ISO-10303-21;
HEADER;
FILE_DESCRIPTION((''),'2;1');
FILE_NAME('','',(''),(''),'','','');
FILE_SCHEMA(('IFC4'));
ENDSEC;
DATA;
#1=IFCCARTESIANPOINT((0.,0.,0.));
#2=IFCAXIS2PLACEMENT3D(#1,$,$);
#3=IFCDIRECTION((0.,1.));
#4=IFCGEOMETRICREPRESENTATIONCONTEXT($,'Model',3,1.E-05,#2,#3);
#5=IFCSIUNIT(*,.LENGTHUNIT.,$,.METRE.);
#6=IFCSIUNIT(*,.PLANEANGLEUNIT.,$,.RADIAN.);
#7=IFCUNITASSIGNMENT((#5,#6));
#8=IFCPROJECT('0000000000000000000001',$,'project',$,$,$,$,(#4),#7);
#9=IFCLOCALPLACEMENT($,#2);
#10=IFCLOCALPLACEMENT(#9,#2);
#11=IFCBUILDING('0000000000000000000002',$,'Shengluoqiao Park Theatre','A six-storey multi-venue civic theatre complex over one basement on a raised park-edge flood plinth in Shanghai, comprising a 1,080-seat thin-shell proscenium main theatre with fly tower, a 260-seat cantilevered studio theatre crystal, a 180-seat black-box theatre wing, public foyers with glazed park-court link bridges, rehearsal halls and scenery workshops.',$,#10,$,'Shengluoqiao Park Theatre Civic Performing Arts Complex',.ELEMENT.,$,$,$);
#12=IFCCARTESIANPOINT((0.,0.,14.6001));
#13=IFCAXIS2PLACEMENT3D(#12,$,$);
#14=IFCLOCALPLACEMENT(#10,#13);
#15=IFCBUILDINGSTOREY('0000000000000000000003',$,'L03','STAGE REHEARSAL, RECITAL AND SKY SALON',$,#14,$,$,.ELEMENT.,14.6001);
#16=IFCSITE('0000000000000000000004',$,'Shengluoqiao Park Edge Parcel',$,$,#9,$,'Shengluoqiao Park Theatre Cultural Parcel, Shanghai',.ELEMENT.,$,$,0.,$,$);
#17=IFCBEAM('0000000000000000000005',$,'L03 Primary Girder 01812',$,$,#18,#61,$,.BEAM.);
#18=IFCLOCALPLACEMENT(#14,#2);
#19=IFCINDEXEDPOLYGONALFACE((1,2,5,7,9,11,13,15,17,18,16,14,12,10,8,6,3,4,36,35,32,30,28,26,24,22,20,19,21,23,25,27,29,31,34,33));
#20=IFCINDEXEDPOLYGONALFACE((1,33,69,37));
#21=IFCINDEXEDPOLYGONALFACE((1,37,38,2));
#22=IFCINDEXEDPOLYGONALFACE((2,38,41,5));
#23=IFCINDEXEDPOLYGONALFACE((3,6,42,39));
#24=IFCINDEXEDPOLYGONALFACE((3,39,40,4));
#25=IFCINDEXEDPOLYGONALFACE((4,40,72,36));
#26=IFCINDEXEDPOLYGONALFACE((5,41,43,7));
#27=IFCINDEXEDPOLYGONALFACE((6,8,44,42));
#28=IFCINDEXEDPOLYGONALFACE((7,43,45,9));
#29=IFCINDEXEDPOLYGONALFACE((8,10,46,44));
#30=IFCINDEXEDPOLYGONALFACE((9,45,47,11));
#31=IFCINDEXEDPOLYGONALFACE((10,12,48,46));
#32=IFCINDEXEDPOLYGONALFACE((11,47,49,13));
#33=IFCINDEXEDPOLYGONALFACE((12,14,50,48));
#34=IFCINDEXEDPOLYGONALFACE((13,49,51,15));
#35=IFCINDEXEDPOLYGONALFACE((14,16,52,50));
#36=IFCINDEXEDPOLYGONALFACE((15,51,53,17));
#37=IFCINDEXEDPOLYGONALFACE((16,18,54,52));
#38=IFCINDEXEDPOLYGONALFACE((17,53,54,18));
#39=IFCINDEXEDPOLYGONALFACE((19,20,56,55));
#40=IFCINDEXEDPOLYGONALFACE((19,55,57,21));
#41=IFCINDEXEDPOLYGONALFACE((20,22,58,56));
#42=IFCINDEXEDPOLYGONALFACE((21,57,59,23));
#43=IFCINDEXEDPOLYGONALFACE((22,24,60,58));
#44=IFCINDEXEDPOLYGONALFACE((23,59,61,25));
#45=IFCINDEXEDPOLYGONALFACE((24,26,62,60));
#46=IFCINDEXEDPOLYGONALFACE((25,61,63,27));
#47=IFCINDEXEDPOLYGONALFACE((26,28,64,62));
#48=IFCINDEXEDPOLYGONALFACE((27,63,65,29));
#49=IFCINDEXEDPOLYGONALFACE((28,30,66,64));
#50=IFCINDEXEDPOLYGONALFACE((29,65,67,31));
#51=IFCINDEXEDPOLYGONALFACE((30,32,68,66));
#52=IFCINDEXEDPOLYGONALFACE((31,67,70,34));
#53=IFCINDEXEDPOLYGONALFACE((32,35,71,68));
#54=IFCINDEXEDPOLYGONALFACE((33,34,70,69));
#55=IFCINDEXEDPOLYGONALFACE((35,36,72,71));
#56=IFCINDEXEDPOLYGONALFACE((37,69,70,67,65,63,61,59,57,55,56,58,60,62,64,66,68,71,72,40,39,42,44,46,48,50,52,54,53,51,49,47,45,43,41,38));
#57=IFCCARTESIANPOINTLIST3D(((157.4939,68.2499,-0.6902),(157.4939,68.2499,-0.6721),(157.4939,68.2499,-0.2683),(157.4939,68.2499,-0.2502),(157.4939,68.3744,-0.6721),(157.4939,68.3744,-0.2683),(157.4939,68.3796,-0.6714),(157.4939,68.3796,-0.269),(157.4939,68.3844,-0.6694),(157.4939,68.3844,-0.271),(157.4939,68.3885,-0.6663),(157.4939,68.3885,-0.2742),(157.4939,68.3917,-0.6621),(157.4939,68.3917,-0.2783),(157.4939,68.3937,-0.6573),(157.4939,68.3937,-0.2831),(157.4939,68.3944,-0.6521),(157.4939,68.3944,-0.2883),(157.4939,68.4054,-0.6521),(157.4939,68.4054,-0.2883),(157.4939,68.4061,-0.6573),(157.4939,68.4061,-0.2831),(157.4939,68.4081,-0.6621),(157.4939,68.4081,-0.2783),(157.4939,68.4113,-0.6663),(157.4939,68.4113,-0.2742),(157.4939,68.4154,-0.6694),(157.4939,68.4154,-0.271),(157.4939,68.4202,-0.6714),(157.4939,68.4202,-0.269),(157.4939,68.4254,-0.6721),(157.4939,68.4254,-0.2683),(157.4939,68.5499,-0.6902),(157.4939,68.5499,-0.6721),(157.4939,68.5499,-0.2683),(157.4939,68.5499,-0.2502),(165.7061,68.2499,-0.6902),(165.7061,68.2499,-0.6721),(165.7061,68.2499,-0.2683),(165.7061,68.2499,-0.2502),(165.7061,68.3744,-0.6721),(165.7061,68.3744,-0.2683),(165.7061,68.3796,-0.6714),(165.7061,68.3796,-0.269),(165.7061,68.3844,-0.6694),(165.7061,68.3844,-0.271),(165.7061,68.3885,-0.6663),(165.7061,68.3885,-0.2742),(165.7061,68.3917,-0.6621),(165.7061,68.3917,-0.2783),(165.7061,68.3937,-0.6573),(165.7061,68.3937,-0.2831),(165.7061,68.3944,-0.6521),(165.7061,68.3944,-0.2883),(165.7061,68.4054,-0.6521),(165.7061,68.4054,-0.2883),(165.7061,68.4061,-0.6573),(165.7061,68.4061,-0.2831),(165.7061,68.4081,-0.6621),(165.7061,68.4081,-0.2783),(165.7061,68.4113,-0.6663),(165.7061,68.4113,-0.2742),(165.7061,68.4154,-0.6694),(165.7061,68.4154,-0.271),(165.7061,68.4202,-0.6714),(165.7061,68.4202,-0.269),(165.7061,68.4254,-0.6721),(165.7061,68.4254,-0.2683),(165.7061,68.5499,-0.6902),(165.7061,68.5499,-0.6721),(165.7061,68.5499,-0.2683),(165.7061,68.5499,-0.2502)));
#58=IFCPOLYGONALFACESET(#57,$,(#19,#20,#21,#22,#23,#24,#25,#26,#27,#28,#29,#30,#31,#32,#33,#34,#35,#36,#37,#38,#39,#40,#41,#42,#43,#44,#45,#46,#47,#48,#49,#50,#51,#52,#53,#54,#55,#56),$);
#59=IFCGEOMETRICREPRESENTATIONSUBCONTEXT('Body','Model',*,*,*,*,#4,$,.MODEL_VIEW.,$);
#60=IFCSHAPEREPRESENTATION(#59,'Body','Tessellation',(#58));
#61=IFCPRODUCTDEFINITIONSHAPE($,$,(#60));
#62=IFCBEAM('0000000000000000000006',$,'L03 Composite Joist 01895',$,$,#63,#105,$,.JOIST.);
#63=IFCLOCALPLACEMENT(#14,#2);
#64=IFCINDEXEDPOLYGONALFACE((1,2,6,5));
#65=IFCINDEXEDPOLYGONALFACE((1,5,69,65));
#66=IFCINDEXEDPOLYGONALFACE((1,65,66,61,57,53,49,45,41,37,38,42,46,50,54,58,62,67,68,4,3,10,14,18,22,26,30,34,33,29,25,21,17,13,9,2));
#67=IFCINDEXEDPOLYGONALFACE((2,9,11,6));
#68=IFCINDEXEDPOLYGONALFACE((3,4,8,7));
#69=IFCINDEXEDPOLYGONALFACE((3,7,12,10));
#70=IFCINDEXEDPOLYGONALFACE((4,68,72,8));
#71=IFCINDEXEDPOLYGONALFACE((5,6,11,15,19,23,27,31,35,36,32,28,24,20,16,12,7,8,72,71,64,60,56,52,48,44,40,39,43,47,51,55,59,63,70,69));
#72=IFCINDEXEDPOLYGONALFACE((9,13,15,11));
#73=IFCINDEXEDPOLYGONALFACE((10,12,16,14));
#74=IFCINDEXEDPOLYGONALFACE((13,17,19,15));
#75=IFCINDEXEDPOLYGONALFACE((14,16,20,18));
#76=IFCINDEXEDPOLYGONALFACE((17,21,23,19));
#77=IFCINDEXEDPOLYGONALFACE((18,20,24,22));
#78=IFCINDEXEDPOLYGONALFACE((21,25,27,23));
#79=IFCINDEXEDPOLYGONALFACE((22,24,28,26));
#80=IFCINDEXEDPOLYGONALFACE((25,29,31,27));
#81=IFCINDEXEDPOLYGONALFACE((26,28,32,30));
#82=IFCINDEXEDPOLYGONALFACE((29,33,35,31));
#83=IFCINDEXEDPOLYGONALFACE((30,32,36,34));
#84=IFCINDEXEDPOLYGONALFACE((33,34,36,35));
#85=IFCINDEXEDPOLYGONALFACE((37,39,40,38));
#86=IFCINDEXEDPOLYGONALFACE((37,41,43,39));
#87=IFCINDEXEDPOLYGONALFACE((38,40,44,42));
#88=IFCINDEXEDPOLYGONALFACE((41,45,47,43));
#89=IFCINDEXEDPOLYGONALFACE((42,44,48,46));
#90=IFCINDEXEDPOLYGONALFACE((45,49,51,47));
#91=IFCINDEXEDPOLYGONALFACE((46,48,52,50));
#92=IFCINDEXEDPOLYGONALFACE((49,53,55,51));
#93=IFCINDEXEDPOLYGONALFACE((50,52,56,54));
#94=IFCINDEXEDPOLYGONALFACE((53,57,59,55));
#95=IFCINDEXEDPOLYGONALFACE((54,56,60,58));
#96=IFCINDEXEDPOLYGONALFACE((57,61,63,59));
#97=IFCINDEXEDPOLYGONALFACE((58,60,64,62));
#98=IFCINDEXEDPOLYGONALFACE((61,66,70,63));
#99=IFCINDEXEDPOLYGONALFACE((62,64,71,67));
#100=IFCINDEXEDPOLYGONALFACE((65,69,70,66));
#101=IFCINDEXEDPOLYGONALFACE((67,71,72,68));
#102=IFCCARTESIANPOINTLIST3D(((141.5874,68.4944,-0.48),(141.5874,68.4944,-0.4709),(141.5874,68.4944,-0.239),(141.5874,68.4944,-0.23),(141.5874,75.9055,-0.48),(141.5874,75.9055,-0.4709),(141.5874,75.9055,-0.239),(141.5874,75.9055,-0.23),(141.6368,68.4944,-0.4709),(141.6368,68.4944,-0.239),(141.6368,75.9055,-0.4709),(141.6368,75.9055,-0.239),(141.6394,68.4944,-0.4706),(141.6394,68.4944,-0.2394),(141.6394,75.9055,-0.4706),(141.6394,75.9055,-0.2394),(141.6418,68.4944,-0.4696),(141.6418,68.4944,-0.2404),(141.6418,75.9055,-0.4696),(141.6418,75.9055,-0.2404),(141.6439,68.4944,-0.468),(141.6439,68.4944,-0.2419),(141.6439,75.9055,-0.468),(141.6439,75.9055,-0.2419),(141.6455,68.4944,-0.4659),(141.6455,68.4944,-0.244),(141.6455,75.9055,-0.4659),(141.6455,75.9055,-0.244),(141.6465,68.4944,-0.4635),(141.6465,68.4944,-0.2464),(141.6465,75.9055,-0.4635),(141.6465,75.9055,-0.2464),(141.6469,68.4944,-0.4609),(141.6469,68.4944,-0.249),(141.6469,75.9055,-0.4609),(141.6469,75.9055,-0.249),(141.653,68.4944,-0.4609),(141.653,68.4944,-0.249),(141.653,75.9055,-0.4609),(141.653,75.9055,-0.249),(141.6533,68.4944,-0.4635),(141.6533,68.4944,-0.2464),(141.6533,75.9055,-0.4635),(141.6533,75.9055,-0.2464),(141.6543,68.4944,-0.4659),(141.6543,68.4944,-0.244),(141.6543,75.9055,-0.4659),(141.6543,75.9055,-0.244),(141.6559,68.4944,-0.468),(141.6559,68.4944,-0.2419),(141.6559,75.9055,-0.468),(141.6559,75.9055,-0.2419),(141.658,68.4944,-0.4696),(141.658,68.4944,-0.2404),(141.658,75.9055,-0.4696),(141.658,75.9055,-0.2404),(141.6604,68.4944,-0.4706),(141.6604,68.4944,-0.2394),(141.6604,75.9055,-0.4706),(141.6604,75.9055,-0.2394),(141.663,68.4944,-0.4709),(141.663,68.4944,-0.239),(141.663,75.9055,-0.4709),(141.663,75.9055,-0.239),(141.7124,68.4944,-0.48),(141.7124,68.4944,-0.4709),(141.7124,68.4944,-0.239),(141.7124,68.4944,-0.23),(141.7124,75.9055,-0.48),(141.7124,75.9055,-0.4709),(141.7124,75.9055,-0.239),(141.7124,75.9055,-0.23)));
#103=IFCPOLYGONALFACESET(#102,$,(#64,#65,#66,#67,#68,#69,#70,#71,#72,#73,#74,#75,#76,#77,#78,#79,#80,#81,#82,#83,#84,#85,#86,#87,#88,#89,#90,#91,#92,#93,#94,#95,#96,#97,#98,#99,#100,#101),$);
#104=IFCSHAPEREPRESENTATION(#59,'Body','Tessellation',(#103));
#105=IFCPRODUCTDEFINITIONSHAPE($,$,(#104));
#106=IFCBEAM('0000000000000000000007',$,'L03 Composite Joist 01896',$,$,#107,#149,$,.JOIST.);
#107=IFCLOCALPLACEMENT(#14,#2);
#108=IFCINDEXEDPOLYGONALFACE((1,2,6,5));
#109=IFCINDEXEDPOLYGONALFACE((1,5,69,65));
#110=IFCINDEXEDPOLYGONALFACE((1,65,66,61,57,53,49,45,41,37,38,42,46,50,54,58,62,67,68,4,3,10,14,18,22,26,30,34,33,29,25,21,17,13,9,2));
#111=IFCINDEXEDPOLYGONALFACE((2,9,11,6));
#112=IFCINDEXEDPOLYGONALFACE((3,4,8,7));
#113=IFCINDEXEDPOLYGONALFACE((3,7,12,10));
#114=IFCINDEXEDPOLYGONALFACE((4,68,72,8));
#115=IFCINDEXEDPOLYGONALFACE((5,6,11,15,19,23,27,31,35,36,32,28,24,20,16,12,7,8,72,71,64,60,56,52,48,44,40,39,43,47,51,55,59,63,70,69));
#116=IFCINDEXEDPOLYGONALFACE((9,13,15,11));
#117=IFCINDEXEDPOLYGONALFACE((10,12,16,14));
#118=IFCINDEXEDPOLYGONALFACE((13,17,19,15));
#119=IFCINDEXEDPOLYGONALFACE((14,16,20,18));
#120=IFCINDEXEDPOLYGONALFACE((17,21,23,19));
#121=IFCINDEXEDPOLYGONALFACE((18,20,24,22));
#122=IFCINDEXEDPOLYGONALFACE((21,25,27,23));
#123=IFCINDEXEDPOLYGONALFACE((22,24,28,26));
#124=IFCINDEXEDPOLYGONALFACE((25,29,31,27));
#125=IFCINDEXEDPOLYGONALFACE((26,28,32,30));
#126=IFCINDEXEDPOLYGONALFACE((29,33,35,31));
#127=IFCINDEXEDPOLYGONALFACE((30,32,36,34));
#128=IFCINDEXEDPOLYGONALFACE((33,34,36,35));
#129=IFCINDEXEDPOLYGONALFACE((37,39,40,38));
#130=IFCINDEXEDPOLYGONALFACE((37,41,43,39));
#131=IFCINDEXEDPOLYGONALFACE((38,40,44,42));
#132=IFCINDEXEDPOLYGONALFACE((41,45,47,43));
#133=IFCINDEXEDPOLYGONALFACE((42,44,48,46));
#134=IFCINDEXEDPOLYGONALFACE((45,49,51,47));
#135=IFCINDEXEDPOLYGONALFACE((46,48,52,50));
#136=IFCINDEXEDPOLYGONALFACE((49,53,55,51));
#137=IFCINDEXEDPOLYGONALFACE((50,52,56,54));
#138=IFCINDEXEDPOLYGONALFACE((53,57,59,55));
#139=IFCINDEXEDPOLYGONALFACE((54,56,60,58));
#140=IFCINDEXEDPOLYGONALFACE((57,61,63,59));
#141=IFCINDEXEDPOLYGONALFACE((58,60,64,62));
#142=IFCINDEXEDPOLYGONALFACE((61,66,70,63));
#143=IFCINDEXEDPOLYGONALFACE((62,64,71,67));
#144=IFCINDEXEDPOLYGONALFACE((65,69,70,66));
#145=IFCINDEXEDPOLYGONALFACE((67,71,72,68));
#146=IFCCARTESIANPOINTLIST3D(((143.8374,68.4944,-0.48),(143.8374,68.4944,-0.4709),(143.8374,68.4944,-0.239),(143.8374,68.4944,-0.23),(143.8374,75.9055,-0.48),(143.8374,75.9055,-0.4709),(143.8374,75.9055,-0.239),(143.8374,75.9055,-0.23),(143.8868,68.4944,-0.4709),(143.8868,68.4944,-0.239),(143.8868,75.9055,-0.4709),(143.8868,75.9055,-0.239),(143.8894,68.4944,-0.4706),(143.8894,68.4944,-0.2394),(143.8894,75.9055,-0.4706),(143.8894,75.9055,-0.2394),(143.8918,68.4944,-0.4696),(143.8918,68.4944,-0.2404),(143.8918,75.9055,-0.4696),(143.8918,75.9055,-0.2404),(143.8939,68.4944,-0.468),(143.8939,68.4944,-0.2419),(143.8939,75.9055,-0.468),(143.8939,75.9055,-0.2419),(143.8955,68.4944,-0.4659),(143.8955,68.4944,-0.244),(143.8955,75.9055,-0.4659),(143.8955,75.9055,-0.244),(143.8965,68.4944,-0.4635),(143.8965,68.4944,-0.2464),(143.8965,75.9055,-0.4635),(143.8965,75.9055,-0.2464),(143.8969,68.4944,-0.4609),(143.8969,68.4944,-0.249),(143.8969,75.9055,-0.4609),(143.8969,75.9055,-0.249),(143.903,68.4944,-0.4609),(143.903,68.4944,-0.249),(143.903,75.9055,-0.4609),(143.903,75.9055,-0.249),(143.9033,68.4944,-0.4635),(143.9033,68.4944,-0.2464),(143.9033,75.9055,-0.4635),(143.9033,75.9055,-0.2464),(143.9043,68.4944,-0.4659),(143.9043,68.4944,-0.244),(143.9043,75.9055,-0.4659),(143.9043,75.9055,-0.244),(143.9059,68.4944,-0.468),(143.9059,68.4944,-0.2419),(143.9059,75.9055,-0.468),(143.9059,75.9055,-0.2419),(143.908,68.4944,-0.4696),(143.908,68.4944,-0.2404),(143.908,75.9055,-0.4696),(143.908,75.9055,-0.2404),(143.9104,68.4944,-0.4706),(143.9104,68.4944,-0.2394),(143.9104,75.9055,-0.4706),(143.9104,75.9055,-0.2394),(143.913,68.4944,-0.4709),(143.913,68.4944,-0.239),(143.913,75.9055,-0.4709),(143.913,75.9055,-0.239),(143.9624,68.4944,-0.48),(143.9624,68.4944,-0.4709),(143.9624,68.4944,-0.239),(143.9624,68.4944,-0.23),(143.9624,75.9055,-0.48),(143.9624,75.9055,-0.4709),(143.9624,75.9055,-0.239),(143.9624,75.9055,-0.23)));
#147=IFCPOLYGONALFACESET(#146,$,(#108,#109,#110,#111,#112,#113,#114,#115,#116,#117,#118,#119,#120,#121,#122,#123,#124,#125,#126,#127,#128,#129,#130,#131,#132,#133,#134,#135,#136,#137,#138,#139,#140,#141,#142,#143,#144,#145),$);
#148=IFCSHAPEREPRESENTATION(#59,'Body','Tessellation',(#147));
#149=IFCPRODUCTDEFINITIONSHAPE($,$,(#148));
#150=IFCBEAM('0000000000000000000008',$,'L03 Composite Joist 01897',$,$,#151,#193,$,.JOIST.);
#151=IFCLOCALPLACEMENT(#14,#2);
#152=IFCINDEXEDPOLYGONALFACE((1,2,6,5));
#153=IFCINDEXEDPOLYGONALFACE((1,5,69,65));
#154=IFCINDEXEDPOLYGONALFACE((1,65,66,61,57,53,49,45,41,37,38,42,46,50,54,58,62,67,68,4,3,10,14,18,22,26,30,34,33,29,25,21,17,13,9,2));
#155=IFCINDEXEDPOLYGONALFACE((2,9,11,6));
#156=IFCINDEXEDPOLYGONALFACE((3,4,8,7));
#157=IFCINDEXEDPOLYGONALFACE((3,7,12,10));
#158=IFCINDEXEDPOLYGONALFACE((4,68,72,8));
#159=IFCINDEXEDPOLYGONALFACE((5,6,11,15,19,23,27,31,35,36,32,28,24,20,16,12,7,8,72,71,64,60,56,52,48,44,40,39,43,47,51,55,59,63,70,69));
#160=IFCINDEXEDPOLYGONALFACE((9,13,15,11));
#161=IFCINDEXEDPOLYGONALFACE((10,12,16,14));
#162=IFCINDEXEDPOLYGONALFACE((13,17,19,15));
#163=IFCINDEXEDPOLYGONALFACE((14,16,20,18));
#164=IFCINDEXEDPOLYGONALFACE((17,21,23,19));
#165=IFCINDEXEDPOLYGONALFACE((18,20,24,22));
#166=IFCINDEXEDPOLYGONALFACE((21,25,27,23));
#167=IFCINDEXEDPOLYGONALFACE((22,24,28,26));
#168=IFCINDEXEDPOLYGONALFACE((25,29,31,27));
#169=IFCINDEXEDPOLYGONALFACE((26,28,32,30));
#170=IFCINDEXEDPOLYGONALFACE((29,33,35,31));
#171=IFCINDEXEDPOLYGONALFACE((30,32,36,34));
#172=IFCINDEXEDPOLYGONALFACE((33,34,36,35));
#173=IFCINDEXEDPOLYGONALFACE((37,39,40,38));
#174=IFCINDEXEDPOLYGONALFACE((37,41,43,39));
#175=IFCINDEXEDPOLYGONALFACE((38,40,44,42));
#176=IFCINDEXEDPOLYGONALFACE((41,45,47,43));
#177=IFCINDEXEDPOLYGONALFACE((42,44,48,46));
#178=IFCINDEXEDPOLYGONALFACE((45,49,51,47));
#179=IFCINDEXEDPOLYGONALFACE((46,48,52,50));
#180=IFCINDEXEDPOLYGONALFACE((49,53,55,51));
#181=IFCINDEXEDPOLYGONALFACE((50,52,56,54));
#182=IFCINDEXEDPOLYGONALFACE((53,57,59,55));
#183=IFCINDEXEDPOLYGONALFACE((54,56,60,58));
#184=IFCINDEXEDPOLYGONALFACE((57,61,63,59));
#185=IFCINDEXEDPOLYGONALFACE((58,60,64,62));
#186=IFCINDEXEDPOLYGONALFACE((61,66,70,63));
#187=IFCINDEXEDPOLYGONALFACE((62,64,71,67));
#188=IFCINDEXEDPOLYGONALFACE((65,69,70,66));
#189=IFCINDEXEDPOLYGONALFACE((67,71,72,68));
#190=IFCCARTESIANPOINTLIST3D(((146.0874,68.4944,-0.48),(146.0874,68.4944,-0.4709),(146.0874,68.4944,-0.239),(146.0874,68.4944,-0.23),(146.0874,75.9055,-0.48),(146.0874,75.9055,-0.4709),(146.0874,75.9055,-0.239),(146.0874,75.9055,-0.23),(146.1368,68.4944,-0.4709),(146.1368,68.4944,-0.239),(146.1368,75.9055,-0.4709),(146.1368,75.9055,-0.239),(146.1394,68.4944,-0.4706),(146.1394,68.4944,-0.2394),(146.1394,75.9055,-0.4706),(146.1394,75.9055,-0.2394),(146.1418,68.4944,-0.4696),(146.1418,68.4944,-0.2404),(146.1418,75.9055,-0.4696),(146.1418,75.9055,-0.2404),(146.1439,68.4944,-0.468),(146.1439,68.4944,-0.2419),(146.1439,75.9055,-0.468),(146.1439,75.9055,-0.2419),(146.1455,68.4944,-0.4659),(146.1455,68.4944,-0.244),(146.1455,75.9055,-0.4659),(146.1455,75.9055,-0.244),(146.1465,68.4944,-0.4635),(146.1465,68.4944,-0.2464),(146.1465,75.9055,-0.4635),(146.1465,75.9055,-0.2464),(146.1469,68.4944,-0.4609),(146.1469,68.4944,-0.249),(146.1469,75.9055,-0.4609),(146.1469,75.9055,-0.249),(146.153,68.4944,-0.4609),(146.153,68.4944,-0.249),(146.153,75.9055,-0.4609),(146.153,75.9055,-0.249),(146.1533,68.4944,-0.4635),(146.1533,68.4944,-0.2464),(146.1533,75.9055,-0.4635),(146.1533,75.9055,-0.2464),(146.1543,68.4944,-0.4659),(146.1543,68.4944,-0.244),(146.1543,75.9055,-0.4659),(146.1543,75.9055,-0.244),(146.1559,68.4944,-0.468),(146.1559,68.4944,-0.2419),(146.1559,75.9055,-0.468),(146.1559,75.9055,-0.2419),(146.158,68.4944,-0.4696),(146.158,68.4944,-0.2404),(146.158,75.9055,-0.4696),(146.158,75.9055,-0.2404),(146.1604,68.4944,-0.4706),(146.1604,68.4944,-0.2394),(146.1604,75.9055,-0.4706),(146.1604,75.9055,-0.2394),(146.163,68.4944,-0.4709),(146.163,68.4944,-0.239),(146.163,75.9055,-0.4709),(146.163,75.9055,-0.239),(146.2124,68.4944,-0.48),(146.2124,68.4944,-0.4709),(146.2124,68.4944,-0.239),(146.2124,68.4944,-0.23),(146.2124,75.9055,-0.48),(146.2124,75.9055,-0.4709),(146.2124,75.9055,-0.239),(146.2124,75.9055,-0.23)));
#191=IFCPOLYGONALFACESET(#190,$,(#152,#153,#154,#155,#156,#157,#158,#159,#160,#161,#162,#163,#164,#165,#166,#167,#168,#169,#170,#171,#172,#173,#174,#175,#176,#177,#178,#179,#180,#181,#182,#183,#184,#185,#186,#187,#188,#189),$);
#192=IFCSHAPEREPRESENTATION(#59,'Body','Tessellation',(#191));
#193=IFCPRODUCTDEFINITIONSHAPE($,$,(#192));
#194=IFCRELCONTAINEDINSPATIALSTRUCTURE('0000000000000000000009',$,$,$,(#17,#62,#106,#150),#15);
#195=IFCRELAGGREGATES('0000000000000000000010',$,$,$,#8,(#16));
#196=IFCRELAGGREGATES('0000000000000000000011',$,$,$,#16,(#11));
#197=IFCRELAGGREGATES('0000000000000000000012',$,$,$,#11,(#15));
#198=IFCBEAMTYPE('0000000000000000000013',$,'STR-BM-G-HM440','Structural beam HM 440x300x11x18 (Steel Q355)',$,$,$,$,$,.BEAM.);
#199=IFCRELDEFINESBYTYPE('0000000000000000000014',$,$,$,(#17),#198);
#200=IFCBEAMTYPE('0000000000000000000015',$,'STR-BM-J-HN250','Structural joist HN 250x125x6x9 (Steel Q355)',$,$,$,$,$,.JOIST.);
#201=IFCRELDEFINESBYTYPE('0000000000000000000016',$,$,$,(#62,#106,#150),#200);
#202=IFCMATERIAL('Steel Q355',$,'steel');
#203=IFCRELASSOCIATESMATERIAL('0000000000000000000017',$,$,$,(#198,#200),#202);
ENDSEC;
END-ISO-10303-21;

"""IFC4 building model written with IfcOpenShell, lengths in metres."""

from ifc_helpers import new_model, si_unit, direction, frame, origin, origin_2d, place, context, subcontext, project, spatial, i_section, extrude, material, material_profile, profile_set, type_object, element, save


model = new_model("IFC4")

# Units and contexts
model_context = context("Model", 3, precision=1e-05, world=origin(), true_north=direction((0.0, 1.0)))
body_context = subcontext(model_context, "Body", "Model", "MODEL_VIEW")
ifc_project = project(units=[si_unit("LENGTHUNIT", "METRE"), si_unit("PLANEANGLEUNIT", "RADIAN")], contexts=[model_context])

# Site, building, storey
site_placement = place(None, origin())
site = spatial("IfcSite", under=ifc_project, at=site_placement, Name="Shengluoqiao Park Edge Parcel", LongName="Shengluoqiao Park Theatre Cultural Parcel, Shanghai", CompositionType="ELEMENT", RefElevation=0.0)
building_placement = place(site_placement, origin())
building = spatial("IfcBuilding", under=site, at=building_placement, Name="Shengluoqiao Park Theatre", Description="A six-storey multi-venue civic theatre complex over one basement on a raised park-edge flood plinth in Shanghai, comprising a 1,080-seat thin-shell proscenium main theatre with fly tower, a 260-seat cantilevered studio theatre crystal, a 180-seat black-box theatre wing, public foyers with glazed park-court link bridges, rehearsal halls and scenery workshops.", LongName="Shengluoqiao Park Theatre Civic Performing Arts Complex", CompositionType="ELEMENT")
storey_placement = place(building_placement, frame((0.0, 0.0, 14.6001)))
storey = spatial("IfcBuildingStorey", under=building, at=storey_placement, Name="L03", Description="STAGE REHEARSAL, RECITAL AND SKY SALON", CompositionType="ELEMENT", Elevation=14.6001)

# Beams
ifc_material = material(Name="Steel Q355", Category="steel")
ifc_material_profile_1 = material_profile(ifc_material, i_section(OverallWidth=0.3, OverallDepth=0.4399, WebThickness=0.011, FlangeThickness=0.0181, FilletRadius=0.02, at=origin_2d()), Name="HM 440x300x11x18")
ifc_profile_set_1 = profile_set([ifc_material_profile_1], Name="Steel Q355")
beam_type_1 = type_object("IfcBeamType", Name="STR-BM-G-HM440", Description="Structural beam HM 440x300x11x18 (Steel Q355)", PredefinedType="BEAM", material=ifc_profile_set_1)
for number, where, z_axis, x_axis, name in (
    (1, (157.4939, 68.3999, -0.4702), (1.0, 0.0, 0.0), (0.0, 1.0, 0.0), "L03 Primary Girder 01812"),
):
    element("IfcBeam", number, at=place(storey_placement, frame(where, z_axis=z_axis, x_axis=x_axis)), inside=storey, type_object=beam_type_1, Name=name, PredefinedType="BEAM", context=body_context, shape_type="SweptSolid", body=[
        extrude(i_section(OverallWidth=0.3, OverallDepth=0.4399, WebThickness=0.011, FlangeThickness=0.0181, FilletRadius=0.02, at=origin_2d()), origin(), (0.0, 0.0, 1.0), 8.2122),
    ])
ifc_material_profile_2 = material_profile(ifc_material, i_section(OverallWidth=0.125, OverallDepth=0.25, WebThickness=0.0061, FlangeThickness=0.009, FilletRadius=0.01, at=origin_2d()), Name="HN 250x125x6x9")
ifc_profile_set_2 = profile_set([ifc_material_profile_2], Name="Steel Q355")
beam_type_2 = type_object("IfcBeamType", Name="STR-BM-J-HN250", Description="Structural joist HN 250x125x6x9 (Steel Q355)", PredefinedType="JOIST", material=ifc_profile_set_2)
for number, where, z_axis, x_axis, name in (
    (2, (141.6499, 68.4944, -0.355), (0.0, 1.0, 0.0), (-1.0, 0.0, 0.0), "L03 Composite Joist 01895"),
    (3, (143.8999, 68.4944, -0.355), (0.0, 1.0, 0.0), (-1.0, 0.0, 0.0), "L03 Composite Joist 01896"),
    (4, (146.1499, 68.4944, -0.355), (0.0, 1.0, 0.0), (-1.0, 0.0, 0.0), "L03 Composite Joist 01897"),
):
    element("IfcBeam", number, at=place(storey_placement, frame(where, z_axis=z_axis, x_axis=x_axis)), inside=storey, type_object=beam_type_2, Name=name, PredefinedType="JOIST", context=body_context, shape_type="SweptSolid", body=[
        extrude(i_section(OverallWidth=0.125, OverallDepth=0.25, WebThickness=0.0061, FlangeThickness=0.009, FilletRadius=0.01, at=origin_2d()), origin(), (0.0, 0.0, 1.0), 7.4111),
    ])

save(model, "model.ifc")
